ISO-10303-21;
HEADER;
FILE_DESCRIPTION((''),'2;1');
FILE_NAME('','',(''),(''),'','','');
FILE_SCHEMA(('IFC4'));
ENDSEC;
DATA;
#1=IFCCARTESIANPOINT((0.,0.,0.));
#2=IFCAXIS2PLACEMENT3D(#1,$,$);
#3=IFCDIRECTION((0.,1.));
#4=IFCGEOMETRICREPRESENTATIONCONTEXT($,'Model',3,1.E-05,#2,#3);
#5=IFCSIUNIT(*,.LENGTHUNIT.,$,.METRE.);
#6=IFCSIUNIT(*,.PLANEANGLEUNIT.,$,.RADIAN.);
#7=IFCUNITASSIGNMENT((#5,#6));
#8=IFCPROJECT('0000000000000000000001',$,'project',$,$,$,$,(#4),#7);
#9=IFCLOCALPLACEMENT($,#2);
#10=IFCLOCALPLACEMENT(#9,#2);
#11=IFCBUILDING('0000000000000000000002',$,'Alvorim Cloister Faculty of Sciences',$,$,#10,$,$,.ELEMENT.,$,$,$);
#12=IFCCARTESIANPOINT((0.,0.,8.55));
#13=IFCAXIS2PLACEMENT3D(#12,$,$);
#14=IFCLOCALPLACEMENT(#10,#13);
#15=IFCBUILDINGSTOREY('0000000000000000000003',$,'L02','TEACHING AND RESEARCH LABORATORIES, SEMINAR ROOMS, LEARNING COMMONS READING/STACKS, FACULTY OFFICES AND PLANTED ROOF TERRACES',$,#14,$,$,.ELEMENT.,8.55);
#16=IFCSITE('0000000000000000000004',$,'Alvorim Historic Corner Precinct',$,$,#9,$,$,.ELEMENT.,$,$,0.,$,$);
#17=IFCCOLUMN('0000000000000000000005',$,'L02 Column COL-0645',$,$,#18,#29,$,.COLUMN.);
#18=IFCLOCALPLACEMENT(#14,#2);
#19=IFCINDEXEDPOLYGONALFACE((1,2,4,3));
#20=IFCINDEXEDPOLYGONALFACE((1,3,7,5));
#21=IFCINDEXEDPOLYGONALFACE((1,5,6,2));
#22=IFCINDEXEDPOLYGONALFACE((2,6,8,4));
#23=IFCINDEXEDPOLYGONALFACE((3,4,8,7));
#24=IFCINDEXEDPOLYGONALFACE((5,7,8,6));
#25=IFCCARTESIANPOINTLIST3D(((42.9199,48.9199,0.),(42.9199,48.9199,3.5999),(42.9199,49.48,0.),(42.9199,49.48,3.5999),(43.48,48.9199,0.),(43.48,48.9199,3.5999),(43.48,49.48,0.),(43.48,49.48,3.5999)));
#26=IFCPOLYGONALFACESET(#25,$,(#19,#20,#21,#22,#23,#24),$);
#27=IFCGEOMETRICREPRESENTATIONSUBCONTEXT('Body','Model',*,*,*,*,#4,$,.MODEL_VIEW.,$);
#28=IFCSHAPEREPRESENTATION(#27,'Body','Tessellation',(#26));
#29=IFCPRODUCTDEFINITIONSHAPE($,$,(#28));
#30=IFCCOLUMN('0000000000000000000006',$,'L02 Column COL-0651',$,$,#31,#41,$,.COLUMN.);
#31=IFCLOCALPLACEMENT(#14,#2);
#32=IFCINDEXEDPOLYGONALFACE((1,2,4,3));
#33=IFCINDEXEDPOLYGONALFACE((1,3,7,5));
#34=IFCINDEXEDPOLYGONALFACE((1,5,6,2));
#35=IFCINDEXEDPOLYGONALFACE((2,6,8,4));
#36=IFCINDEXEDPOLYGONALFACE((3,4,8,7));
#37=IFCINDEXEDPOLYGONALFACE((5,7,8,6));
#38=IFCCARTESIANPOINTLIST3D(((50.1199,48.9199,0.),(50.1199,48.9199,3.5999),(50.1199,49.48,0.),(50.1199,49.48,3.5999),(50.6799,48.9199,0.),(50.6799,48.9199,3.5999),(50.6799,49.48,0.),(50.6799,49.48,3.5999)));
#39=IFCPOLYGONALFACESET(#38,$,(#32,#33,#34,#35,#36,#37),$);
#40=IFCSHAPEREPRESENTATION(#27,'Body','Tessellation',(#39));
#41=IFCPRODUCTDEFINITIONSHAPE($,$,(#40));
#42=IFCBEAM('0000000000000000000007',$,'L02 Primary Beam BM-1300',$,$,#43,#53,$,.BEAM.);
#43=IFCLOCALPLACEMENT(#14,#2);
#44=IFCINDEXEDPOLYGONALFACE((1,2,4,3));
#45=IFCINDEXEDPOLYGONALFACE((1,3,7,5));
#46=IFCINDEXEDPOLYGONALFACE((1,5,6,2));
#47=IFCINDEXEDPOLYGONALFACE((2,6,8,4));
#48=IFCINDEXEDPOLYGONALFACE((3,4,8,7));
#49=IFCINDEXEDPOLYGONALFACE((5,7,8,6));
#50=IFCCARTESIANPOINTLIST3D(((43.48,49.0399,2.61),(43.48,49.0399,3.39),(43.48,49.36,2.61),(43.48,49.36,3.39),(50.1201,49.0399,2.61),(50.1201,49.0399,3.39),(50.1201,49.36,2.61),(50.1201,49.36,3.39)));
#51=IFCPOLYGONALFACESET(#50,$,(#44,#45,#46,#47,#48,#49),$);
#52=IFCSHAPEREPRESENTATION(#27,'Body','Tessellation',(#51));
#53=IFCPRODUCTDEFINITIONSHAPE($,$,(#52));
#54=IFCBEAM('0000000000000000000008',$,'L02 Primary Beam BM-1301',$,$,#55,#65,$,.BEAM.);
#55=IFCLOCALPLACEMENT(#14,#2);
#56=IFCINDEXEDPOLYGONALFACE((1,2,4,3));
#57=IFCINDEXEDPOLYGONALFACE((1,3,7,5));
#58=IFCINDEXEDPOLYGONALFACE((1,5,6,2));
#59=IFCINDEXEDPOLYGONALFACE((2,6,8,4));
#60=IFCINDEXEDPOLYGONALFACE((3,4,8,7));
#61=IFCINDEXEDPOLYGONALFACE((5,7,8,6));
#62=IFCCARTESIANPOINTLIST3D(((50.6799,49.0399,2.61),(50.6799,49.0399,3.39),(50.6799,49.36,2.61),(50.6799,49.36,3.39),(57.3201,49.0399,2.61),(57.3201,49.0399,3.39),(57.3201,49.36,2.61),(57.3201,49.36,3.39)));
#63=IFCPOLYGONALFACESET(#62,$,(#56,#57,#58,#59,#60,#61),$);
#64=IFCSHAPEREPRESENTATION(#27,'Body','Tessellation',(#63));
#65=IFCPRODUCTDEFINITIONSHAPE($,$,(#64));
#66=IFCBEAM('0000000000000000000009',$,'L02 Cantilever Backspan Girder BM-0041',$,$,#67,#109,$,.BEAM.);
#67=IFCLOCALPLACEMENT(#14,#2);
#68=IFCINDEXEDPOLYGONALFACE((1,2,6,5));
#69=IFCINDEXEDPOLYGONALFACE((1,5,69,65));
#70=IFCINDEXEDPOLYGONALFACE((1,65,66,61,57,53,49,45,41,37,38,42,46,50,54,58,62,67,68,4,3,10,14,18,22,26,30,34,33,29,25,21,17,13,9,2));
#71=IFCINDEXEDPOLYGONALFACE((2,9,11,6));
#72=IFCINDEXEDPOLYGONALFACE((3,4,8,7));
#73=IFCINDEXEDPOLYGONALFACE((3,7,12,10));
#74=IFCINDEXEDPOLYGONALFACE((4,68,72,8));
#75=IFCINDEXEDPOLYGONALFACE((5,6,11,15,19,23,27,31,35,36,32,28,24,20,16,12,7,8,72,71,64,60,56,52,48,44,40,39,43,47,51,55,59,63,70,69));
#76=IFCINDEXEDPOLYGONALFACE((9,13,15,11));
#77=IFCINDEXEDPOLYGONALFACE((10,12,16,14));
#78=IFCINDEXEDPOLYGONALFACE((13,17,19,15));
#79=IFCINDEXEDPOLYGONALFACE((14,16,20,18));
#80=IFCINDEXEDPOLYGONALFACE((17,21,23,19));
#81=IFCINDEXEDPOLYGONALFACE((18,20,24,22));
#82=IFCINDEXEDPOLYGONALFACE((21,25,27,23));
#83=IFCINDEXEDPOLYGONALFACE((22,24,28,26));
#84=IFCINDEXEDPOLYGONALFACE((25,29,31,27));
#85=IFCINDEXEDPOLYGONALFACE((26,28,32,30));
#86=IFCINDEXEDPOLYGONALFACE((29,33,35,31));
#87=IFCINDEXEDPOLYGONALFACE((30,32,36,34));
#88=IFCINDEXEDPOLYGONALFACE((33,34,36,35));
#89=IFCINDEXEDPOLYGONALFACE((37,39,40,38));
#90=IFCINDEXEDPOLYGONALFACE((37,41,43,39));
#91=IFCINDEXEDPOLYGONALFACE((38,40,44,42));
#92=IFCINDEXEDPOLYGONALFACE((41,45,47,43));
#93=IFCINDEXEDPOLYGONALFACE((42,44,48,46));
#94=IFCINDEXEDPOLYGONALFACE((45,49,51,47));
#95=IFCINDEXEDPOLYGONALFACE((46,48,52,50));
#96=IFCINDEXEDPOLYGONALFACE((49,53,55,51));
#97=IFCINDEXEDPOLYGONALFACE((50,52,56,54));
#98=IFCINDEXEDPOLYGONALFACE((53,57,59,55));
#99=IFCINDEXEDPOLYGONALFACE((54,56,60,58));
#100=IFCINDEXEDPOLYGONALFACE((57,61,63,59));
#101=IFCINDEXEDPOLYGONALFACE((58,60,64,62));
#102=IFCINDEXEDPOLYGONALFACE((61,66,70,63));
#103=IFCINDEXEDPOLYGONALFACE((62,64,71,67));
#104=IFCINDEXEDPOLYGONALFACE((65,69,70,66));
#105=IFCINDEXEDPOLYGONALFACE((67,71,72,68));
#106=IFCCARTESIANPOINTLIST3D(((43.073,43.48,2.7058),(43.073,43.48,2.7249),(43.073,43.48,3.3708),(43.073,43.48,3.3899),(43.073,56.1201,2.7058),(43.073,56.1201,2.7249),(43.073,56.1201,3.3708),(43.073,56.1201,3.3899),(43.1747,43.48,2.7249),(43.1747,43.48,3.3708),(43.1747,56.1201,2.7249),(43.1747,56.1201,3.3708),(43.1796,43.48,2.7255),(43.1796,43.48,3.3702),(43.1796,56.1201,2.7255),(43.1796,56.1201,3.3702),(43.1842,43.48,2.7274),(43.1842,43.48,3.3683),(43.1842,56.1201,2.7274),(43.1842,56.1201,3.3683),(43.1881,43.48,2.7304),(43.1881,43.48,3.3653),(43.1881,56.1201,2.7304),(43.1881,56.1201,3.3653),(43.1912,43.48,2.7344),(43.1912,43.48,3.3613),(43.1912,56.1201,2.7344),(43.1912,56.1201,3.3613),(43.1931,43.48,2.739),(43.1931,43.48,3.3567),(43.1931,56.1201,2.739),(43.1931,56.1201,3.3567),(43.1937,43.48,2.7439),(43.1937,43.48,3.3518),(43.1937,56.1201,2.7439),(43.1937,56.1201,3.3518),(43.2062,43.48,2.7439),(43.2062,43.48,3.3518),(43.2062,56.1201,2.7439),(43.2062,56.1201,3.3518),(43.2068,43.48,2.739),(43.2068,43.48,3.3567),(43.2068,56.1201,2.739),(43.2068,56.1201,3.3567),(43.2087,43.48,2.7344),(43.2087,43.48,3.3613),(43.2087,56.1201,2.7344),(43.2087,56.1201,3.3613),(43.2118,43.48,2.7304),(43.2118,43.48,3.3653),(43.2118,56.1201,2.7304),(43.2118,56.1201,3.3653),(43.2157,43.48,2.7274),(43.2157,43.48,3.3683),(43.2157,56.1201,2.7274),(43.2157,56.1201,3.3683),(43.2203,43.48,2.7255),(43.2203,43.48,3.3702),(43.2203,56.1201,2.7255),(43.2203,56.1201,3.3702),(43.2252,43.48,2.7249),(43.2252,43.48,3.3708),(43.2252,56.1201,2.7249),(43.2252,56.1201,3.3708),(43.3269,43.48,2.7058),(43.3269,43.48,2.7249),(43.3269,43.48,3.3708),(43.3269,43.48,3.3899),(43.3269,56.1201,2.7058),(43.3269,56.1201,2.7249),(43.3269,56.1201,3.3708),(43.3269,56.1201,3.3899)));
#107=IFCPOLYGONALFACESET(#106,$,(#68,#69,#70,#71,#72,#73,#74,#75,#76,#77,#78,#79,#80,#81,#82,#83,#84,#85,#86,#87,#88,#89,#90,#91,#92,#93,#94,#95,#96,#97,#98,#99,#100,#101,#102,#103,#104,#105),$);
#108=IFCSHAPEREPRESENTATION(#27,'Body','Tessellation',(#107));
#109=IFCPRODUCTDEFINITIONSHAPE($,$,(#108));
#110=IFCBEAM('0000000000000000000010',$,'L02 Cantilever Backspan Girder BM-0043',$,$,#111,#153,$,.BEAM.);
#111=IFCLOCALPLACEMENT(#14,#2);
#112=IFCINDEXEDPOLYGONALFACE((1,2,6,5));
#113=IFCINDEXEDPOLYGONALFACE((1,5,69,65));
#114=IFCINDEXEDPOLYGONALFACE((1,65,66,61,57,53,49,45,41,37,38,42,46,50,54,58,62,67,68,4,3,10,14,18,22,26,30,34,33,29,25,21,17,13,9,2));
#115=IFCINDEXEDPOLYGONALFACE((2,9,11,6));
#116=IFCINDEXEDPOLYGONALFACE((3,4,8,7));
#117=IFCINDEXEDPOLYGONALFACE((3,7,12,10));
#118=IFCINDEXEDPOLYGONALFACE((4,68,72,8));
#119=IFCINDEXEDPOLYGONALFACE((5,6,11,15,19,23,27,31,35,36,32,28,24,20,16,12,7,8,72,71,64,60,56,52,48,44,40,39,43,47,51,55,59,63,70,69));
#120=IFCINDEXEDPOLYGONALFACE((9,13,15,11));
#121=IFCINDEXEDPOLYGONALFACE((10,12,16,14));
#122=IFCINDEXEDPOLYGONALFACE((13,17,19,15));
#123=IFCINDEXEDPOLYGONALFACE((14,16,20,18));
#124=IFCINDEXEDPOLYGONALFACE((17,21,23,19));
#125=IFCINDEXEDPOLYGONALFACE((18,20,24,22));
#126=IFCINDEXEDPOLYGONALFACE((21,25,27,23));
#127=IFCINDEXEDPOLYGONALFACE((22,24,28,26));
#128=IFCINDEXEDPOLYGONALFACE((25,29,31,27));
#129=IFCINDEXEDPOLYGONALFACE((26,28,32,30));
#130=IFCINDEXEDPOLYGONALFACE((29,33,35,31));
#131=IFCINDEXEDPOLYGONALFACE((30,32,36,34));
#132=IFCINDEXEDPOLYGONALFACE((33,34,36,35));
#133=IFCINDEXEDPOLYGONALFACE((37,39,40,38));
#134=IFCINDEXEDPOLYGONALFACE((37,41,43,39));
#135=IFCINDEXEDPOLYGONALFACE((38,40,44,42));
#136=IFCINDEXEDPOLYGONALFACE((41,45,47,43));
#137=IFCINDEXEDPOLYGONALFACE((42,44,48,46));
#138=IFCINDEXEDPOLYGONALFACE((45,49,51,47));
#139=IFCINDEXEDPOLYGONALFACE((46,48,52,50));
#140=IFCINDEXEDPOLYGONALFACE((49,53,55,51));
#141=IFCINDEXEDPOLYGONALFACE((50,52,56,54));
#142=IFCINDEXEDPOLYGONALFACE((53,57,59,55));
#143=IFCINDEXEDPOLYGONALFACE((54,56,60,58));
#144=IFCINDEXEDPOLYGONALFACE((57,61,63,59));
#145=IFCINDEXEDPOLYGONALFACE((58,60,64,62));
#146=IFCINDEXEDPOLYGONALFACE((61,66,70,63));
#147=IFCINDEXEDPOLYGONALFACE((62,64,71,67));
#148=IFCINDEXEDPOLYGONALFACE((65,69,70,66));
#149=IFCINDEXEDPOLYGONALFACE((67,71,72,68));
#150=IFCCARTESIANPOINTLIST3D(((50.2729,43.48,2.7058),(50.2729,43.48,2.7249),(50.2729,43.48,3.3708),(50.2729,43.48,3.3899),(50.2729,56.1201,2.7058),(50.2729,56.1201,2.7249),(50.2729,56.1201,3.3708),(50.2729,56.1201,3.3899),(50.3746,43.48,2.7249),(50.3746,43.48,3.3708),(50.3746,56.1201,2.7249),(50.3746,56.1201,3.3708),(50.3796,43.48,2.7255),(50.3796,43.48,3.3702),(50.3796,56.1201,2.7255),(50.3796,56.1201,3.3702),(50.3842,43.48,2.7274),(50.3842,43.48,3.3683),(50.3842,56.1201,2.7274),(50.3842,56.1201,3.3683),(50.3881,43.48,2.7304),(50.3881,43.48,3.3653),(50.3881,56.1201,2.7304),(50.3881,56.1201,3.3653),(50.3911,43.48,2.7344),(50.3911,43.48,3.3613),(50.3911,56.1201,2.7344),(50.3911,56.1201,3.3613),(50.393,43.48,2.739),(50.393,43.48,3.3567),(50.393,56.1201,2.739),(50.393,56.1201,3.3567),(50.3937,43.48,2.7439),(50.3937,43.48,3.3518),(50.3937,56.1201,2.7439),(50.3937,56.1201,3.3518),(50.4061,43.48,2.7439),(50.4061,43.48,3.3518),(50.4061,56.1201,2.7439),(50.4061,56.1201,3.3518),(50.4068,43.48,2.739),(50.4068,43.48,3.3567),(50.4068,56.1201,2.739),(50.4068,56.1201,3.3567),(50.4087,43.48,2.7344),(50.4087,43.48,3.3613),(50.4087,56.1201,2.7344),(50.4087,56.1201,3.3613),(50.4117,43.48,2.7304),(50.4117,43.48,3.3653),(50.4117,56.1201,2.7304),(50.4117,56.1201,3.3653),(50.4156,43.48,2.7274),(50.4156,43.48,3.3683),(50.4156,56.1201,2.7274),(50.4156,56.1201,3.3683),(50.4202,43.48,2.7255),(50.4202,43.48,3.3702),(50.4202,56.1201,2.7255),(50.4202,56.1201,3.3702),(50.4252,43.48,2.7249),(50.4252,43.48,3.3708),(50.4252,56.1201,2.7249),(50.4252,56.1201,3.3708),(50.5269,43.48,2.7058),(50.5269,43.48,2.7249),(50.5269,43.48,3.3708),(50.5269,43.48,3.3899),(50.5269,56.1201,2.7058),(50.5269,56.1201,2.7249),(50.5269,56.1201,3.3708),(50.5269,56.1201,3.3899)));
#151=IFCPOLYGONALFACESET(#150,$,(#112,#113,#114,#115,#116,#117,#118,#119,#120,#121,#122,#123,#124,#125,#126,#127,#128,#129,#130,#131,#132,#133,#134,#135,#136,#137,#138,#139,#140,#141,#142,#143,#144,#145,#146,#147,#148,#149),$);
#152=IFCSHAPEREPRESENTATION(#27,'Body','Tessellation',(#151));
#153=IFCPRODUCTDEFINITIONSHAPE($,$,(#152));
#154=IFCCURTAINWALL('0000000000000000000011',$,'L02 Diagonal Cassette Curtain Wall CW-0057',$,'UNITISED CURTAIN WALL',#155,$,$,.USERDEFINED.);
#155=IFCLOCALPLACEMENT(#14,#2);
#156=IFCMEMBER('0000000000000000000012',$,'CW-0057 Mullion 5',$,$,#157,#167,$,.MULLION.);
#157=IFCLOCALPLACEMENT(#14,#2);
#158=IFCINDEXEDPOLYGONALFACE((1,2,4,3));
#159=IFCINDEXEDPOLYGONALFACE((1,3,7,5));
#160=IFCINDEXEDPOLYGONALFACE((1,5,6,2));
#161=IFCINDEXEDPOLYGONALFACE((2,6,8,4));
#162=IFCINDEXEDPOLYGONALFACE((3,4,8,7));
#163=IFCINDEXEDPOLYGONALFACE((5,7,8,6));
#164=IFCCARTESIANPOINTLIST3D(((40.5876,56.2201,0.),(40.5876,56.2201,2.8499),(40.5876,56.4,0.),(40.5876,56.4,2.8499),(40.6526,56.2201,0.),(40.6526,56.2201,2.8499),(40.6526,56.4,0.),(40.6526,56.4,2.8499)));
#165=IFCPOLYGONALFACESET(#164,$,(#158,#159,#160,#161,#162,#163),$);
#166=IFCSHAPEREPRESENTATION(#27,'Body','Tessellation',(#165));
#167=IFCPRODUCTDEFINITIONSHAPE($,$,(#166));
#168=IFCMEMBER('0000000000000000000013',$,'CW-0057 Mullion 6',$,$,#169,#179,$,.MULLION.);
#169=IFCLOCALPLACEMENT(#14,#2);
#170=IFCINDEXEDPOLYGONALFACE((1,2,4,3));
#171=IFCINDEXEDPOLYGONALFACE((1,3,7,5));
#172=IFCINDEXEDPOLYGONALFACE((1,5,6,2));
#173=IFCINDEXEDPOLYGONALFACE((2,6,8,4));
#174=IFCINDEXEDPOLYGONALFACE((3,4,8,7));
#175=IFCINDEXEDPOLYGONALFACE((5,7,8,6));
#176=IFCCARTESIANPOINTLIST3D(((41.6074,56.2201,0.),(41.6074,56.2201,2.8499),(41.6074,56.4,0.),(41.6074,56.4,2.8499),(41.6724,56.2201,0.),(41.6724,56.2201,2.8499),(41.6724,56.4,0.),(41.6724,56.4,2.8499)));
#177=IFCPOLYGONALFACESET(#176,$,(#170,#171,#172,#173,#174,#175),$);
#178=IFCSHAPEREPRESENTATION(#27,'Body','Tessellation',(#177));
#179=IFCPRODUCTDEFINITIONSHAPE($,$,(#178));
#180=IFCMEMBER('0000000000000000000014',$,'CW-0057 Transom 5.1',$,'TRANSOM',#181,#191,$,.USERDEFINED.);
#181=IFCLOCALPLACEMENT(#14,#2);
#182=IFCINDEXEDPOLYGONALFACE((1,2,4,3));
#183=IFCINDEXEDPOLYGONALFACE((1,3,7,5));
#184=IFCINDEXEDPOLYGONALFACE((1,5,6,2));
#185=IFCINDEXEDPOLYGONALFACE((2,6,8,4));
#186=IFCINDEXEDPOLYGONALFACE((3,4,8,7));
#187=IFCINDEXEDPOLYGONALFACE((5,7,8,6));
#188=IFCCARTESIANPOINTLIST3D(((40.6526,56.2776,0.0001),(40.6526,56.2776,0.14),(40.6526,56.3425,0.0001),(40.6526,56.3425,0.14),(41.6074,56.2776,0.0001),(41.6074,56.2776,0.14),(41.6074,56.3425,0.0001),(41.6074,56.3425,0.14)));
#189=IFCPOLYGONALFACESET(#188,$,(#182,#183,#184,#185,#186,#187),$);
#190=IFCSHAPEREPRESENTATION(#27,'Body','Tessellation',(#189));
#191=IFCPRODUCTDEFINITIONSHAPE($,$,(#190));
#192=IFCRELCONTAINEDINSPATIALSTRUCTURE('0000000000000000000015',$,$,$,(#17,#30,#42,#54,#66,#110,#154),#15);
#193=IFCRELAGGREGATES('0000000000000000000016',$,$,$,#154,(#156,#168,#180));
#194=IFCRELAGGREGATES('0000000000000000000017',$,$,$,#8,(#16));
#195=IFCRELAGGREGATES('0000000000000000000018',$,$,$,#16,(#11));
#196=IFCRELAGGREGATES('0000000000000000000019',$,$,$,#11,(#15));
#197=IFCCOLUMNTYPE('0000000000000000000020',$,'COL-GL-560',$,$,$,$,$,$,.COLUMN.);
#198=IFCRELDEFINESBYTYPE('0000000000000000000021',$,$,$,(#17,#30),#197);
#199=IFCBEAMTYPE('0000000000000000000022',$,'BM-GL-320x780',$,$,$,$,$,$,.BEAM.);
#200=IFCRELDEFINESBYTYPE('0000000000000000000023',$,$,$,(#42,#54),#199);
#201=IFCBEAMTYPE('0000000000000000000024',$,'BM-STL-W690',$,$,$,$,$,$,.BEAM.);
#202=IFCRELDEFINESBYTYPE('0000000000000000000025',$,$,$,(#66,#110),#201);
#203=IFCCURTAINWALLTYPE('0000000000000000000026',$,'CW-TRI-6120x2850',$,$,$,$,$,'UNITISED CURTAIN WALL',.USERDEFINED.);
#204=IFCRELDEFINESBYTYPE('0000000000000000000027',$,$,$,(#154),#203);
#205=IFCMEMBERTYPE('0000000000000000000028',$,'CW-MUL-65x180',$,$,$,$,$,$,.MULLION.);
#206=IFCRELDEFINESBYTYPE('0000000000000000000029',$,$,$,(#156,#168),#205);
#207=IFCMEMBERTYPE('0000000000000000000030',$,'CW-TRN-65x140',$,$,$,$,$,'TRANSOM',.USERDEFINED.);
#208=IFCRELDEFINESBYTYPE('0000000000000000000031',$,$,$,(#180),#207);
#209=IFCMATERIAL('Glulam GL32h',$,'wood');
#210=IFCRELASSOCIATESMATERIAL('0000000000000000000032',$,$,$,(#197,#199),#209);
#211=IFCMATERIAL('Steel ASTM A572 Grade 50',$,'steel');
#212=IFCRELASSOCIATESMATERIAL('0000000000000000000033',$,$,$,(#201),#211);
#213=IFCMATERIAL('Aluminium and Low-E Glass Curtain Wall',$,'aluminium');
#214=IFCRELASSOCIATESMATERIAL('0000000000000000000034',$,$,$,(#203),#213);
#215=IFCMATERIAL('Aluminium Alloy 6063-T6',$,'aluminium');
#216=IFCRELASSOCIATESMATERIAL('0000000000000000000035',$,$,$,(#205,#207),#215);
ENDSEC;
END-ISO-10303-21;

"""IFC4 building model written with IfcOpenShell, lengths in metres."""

from ifc_helpers import new_model, si_unit, direction, frame, origin, origin_2d, place, context, subcontext, project, spatial, rectangle, i_section, extrude, material, material_profile, profile_set, type_object, element, aggregate, save


model = new_model("IFC4")

# Units and contexts
model_context = context("Model", 3, precision=1e-05, world=origin(), true_north=direction((0.0, 1.0)))
body_context = subcontext(model_context, "Body", "Model", "MODEL_VIEW")
ifc_project = project(units=[si_unit("LENGTHUNIT", "METRE"), si_unit("PLANEANGLEUNIT", "RADIAN")], contexts=[model_context])

# Site, building, storey
site_placement = place(None, origin())
site = spatial("IfcSite", under=ifc_project, at=site_placement, Name="Alvorim Historic Corner Precinct", CompositionType="ELEMENT", RefElevation=0.0)
building_placement = place(site_placement, origin())
building = spatial("IfcBuilding", under=site, at=building_placement, Name="Alvorim Cloister Faculty of Sciences", CompositionType="ELEMENT")
storey_placement = place(building_placement, frame((0.0, 0.0, 8.55)))
storey = spatial("IfcBuildingStorey", under=building, at=storey_placement, Name="L02", Description="TEACHING AND RESEARCH LABORATORIES, SEMINAR ROOMS, LEARNING COMMONS READING/STACKS, FACULTY OFFICES AND PLANTED ROOF TERRACES", CompositionType="ELEMENT", Elevation=8.55)

# Columns
ifc_material_1 = material(Name="Glulam GL32h", Category="wood")
ifc_material_profile_1 = material_profile(ifc_material_1, rectangle(XDim=0.5601, YDim=0.5601, at=origin_2d()), Name="GL32-COL-560x560")
ifc_profile_set_1 = profile_set([ifc_material_profile_1], Name="Glulam GL32h")
column_type = type_object("IfcColumnType", Name="COL-GL-560", PredefinedType="COLUMN", material=ifc_profile_set_1)
for number, where, z_axis, x_axis, name in (
    (1, (43.2, 49.2, 0.0), (0.0, 0.0, 1.0), (1.0, 0.0, 0.0), "L02 Column COL-0645"),
    (2, (50.3999, 49.2, 0.0), (0.0, 0.0, 1.0), (1.0, 0.0, 0.0), "L02 Column COL-0651"),
):
    element("IfcColumn", number, at=place(storey_placement, frame(where, z_axis=z_axis, x_axis=x_axis)), inside=storey, type_object=column_type, Name=name, PredefinedType="COLUMN", context=body_context, shape_type="SweptSolid", body=[
        extrude(rectangle(XDim=0.5601, YDim=0.5601, at=origin_2d()), origin(), (0.0, 0.0, 1.0), 3.5999),
    ])

# Beams
ifc_material_profile_2 = material_profile(ifc_material_1, rectangle(XDim=0.3201, YDim=0.78, at=origin_2d()), Name="GL32-BM-320x780")
ifc_profile_set_2 = profile_set([ifc_material_profile_2], Name="Glulam GL32h")
beam_type_1 = type_object("IfcBeamType", Name="BM-GL-320x780", PredefinedType="BEAM", material=ifc_profile_set_2)
for number, where, z_axis, x_axis, name in (
    (3, (43.48, 49.2, 3.0), (1.0, 0.0, 0.0), (0.0, 1.0, 0.0), "L02 Primary Beam BM-1300"),
    (4, (50.6799, 49.2, 3.0), (1.0, 0.0, 0.0), (0.0, 1.0, 0.0), "L02 Primary Beam BM-1301"),
):
    element("IfcBeam", number, at=place(storey_placement, frame(where, z_axis=z_axis, x_axis=x_axis)), inside=storey, type_object=beam_type_1, Name=name, PredefinedType="BEAM", context=body_context, shape_type="SweptSolid", body=[
        extrude(rectangle(XDim=0.3201, YDim=0.78, at=origin_2d()), origin(), (0.0, 0.0, 1.0), 6.6401),
    ])
ifc_material_2 = material(Name="Steel ASTM A572 Grade 50", Category="steel")
ifc_material_profile_3 = material_profile(ifc_material_2, i_section(OverallWidth=0.2539, OverallDepth=0.6841, WebThickness=0.0125, FlangeThickness=0.019, FilletRadius=0.019, at=origin_2d()), Name="W690x140.0")
ifc_profile_set_3 = profile_set([ifc_material_profile_3], Name="Steel ASTM A572 Grade 50")
beam_type_2 = type_object("IfcBeamType", Name="BM-STL-W690", PredefinedType="BEAM", material=ifc_profile_set_3)
for number, where, z_axis, x_axis, name in (
    (5, (43.2, 43.48, 3.0479), (0.0, 1.0, 0.0), (-1.0, 0.0, 0.0), "L02 Cantilever Backspan Girder BM-0041"),
    (6, (50.3999, 43.48, 3.0479), (0.0, 1.0, 0.0), (-1.0, 0.0, 0.0), "L02 Cantilever Backspan Girder BM-0043"),
):
    element("IfcBeam", number, at=place(storey_placement, frame(where, z_axis=z_axis, x_axis=x_axis)), inside=storey, type_object=beam_type_2, Name=name, PredefinedType="BEAM", context=body_context, shape_type="SweptSolid", body=[
        extrude(i_section(OverallWidth=0.2539, OverallDepth=0.6841, WebThickness=0.0125, FlangeThickness=0.019, FilletRadius=0.019, at=origin_2d()), origin(), (0.0, 0.0, 1.0), 12.6401),
    ])

# Curtain wall, members
ifc_material_3 = material(Name="Aluminium and Low-E Glass Curtain Wall", Category="aluminium")
curtain_wall_type = type_object("IfcCurtainWallType", Name="CW-TRI-6120x2850", ElementType="UNITISED CURTAIN WALL", PredefinedType="USERDEFINED", material=ifc_material_3)
curtain_wall_placement = place(storey_placement, origin())
curtain_wall = element("IfcCurtainWall", 7, at=curtain_wall_placement, inside=storey, type_object=curtain_wall_type, Name="L02 Diagonal Cassette Curtain Wall CW-0057", ObjectType="UNITISED CURTAIN WALL", PredefinedType="USERDEFINED")
ifc_material_4 = material(Name="Aluminium Alloy 6063-T6", Category="aluminium")
ifc_material_profile_4 = material_profile(ifc_material_4, rectangle(XDim=0.0649, YDim=0.1799, at=origin_2d()), Name="ALU-MUL-65x180")
ifc_profile_set_4 = profile_set([ifc_material_profile_4], Name="Aluminium Alloy 6063-T6")
member_type_1 = type_object("IfcMemberType", Name="CW-MUL-65x180", PredefinedType="MULLION", material=ifc_profile_set_4)
member_1_placement = place(storey_placement, frame((40.6201, 56.3101, 0.0), z_axis=(0.0, 0.0, 1.0), x_axis=(1.0, 0.0, 0.0)))
member_1 = element("IfcMember", 8, at=member_1_placement, type_object=member_type_1, Name="CW-0057 Mullion 5", PredefinedType="MULLION", context=body_context, shape_type="SweptSolid", body=[
    extrude(rectangle(XDim=0.0649, YDim=0.1799, at=origin_2d()), origin(), (0.0, 0.0, 1.0), 2.8499),
])
member_2_placement = place(storey_placement, frame((41.6399, 56.3101, 0.0), z_axis=(0.0, 0.0, 1.0), x_axis=(1.0, 0.0, 0.0)))
member_2 = element("IfcMember", 9, at=member_2_placement, type_object=member_type_1, Name="CW-0057 Mullion 6", PredefinedType="MULLION", context=body_context, shape_type="SweptSolid", body=[
    extrude(rectangle(XDim=0.0649, YDim=0.1799, at=origin_2d()), origin(), (0.0, 0.0, 1.0), 2.8499),
])
ifc_material_profile_5 = material_profile(ifc_material_4, rectangle(XDim=0.0649, YDim=0.1399, at=origin_2d()), Name="ALU-TRN-65x140")
ifc_profile_set_5 = profile_set([ifc_material_profile_5], Name="Aluminium Alloy 6063-T6")
member_type_2 = type_object("IfcMemberType", Name="CW-TRN-65x140", ElementType="TRANSOM", PredefinedType="USERDEFINED", material=ifc_profile_set_5)
member_3_placement = place(storey_placement, frame((40.6526, 56.3101, 0.0701), z_axis=(1.0, 0.0, 0.0), x_axis=(0.0, 1.0, 0.0)))
member_3 = element("IfcMember", 10, at=member_3_placement, type_object=member_type_2, Name="CW-0057 Transom 5.1", ObjectType="TRANSOM", PredefinedType="USERDEFINED", context=body_context, shape_type="SweptSolid", body=[
    extrude(rectangle(XDim=0.0649, YDim=0.1399, at=origin_2d()), origin(), (0.0, 0.0, 1.0), 0.9548),
])
aggregate(curtain_wall, [member_1, member_2, member_3])

save(model, "model.ifc")
